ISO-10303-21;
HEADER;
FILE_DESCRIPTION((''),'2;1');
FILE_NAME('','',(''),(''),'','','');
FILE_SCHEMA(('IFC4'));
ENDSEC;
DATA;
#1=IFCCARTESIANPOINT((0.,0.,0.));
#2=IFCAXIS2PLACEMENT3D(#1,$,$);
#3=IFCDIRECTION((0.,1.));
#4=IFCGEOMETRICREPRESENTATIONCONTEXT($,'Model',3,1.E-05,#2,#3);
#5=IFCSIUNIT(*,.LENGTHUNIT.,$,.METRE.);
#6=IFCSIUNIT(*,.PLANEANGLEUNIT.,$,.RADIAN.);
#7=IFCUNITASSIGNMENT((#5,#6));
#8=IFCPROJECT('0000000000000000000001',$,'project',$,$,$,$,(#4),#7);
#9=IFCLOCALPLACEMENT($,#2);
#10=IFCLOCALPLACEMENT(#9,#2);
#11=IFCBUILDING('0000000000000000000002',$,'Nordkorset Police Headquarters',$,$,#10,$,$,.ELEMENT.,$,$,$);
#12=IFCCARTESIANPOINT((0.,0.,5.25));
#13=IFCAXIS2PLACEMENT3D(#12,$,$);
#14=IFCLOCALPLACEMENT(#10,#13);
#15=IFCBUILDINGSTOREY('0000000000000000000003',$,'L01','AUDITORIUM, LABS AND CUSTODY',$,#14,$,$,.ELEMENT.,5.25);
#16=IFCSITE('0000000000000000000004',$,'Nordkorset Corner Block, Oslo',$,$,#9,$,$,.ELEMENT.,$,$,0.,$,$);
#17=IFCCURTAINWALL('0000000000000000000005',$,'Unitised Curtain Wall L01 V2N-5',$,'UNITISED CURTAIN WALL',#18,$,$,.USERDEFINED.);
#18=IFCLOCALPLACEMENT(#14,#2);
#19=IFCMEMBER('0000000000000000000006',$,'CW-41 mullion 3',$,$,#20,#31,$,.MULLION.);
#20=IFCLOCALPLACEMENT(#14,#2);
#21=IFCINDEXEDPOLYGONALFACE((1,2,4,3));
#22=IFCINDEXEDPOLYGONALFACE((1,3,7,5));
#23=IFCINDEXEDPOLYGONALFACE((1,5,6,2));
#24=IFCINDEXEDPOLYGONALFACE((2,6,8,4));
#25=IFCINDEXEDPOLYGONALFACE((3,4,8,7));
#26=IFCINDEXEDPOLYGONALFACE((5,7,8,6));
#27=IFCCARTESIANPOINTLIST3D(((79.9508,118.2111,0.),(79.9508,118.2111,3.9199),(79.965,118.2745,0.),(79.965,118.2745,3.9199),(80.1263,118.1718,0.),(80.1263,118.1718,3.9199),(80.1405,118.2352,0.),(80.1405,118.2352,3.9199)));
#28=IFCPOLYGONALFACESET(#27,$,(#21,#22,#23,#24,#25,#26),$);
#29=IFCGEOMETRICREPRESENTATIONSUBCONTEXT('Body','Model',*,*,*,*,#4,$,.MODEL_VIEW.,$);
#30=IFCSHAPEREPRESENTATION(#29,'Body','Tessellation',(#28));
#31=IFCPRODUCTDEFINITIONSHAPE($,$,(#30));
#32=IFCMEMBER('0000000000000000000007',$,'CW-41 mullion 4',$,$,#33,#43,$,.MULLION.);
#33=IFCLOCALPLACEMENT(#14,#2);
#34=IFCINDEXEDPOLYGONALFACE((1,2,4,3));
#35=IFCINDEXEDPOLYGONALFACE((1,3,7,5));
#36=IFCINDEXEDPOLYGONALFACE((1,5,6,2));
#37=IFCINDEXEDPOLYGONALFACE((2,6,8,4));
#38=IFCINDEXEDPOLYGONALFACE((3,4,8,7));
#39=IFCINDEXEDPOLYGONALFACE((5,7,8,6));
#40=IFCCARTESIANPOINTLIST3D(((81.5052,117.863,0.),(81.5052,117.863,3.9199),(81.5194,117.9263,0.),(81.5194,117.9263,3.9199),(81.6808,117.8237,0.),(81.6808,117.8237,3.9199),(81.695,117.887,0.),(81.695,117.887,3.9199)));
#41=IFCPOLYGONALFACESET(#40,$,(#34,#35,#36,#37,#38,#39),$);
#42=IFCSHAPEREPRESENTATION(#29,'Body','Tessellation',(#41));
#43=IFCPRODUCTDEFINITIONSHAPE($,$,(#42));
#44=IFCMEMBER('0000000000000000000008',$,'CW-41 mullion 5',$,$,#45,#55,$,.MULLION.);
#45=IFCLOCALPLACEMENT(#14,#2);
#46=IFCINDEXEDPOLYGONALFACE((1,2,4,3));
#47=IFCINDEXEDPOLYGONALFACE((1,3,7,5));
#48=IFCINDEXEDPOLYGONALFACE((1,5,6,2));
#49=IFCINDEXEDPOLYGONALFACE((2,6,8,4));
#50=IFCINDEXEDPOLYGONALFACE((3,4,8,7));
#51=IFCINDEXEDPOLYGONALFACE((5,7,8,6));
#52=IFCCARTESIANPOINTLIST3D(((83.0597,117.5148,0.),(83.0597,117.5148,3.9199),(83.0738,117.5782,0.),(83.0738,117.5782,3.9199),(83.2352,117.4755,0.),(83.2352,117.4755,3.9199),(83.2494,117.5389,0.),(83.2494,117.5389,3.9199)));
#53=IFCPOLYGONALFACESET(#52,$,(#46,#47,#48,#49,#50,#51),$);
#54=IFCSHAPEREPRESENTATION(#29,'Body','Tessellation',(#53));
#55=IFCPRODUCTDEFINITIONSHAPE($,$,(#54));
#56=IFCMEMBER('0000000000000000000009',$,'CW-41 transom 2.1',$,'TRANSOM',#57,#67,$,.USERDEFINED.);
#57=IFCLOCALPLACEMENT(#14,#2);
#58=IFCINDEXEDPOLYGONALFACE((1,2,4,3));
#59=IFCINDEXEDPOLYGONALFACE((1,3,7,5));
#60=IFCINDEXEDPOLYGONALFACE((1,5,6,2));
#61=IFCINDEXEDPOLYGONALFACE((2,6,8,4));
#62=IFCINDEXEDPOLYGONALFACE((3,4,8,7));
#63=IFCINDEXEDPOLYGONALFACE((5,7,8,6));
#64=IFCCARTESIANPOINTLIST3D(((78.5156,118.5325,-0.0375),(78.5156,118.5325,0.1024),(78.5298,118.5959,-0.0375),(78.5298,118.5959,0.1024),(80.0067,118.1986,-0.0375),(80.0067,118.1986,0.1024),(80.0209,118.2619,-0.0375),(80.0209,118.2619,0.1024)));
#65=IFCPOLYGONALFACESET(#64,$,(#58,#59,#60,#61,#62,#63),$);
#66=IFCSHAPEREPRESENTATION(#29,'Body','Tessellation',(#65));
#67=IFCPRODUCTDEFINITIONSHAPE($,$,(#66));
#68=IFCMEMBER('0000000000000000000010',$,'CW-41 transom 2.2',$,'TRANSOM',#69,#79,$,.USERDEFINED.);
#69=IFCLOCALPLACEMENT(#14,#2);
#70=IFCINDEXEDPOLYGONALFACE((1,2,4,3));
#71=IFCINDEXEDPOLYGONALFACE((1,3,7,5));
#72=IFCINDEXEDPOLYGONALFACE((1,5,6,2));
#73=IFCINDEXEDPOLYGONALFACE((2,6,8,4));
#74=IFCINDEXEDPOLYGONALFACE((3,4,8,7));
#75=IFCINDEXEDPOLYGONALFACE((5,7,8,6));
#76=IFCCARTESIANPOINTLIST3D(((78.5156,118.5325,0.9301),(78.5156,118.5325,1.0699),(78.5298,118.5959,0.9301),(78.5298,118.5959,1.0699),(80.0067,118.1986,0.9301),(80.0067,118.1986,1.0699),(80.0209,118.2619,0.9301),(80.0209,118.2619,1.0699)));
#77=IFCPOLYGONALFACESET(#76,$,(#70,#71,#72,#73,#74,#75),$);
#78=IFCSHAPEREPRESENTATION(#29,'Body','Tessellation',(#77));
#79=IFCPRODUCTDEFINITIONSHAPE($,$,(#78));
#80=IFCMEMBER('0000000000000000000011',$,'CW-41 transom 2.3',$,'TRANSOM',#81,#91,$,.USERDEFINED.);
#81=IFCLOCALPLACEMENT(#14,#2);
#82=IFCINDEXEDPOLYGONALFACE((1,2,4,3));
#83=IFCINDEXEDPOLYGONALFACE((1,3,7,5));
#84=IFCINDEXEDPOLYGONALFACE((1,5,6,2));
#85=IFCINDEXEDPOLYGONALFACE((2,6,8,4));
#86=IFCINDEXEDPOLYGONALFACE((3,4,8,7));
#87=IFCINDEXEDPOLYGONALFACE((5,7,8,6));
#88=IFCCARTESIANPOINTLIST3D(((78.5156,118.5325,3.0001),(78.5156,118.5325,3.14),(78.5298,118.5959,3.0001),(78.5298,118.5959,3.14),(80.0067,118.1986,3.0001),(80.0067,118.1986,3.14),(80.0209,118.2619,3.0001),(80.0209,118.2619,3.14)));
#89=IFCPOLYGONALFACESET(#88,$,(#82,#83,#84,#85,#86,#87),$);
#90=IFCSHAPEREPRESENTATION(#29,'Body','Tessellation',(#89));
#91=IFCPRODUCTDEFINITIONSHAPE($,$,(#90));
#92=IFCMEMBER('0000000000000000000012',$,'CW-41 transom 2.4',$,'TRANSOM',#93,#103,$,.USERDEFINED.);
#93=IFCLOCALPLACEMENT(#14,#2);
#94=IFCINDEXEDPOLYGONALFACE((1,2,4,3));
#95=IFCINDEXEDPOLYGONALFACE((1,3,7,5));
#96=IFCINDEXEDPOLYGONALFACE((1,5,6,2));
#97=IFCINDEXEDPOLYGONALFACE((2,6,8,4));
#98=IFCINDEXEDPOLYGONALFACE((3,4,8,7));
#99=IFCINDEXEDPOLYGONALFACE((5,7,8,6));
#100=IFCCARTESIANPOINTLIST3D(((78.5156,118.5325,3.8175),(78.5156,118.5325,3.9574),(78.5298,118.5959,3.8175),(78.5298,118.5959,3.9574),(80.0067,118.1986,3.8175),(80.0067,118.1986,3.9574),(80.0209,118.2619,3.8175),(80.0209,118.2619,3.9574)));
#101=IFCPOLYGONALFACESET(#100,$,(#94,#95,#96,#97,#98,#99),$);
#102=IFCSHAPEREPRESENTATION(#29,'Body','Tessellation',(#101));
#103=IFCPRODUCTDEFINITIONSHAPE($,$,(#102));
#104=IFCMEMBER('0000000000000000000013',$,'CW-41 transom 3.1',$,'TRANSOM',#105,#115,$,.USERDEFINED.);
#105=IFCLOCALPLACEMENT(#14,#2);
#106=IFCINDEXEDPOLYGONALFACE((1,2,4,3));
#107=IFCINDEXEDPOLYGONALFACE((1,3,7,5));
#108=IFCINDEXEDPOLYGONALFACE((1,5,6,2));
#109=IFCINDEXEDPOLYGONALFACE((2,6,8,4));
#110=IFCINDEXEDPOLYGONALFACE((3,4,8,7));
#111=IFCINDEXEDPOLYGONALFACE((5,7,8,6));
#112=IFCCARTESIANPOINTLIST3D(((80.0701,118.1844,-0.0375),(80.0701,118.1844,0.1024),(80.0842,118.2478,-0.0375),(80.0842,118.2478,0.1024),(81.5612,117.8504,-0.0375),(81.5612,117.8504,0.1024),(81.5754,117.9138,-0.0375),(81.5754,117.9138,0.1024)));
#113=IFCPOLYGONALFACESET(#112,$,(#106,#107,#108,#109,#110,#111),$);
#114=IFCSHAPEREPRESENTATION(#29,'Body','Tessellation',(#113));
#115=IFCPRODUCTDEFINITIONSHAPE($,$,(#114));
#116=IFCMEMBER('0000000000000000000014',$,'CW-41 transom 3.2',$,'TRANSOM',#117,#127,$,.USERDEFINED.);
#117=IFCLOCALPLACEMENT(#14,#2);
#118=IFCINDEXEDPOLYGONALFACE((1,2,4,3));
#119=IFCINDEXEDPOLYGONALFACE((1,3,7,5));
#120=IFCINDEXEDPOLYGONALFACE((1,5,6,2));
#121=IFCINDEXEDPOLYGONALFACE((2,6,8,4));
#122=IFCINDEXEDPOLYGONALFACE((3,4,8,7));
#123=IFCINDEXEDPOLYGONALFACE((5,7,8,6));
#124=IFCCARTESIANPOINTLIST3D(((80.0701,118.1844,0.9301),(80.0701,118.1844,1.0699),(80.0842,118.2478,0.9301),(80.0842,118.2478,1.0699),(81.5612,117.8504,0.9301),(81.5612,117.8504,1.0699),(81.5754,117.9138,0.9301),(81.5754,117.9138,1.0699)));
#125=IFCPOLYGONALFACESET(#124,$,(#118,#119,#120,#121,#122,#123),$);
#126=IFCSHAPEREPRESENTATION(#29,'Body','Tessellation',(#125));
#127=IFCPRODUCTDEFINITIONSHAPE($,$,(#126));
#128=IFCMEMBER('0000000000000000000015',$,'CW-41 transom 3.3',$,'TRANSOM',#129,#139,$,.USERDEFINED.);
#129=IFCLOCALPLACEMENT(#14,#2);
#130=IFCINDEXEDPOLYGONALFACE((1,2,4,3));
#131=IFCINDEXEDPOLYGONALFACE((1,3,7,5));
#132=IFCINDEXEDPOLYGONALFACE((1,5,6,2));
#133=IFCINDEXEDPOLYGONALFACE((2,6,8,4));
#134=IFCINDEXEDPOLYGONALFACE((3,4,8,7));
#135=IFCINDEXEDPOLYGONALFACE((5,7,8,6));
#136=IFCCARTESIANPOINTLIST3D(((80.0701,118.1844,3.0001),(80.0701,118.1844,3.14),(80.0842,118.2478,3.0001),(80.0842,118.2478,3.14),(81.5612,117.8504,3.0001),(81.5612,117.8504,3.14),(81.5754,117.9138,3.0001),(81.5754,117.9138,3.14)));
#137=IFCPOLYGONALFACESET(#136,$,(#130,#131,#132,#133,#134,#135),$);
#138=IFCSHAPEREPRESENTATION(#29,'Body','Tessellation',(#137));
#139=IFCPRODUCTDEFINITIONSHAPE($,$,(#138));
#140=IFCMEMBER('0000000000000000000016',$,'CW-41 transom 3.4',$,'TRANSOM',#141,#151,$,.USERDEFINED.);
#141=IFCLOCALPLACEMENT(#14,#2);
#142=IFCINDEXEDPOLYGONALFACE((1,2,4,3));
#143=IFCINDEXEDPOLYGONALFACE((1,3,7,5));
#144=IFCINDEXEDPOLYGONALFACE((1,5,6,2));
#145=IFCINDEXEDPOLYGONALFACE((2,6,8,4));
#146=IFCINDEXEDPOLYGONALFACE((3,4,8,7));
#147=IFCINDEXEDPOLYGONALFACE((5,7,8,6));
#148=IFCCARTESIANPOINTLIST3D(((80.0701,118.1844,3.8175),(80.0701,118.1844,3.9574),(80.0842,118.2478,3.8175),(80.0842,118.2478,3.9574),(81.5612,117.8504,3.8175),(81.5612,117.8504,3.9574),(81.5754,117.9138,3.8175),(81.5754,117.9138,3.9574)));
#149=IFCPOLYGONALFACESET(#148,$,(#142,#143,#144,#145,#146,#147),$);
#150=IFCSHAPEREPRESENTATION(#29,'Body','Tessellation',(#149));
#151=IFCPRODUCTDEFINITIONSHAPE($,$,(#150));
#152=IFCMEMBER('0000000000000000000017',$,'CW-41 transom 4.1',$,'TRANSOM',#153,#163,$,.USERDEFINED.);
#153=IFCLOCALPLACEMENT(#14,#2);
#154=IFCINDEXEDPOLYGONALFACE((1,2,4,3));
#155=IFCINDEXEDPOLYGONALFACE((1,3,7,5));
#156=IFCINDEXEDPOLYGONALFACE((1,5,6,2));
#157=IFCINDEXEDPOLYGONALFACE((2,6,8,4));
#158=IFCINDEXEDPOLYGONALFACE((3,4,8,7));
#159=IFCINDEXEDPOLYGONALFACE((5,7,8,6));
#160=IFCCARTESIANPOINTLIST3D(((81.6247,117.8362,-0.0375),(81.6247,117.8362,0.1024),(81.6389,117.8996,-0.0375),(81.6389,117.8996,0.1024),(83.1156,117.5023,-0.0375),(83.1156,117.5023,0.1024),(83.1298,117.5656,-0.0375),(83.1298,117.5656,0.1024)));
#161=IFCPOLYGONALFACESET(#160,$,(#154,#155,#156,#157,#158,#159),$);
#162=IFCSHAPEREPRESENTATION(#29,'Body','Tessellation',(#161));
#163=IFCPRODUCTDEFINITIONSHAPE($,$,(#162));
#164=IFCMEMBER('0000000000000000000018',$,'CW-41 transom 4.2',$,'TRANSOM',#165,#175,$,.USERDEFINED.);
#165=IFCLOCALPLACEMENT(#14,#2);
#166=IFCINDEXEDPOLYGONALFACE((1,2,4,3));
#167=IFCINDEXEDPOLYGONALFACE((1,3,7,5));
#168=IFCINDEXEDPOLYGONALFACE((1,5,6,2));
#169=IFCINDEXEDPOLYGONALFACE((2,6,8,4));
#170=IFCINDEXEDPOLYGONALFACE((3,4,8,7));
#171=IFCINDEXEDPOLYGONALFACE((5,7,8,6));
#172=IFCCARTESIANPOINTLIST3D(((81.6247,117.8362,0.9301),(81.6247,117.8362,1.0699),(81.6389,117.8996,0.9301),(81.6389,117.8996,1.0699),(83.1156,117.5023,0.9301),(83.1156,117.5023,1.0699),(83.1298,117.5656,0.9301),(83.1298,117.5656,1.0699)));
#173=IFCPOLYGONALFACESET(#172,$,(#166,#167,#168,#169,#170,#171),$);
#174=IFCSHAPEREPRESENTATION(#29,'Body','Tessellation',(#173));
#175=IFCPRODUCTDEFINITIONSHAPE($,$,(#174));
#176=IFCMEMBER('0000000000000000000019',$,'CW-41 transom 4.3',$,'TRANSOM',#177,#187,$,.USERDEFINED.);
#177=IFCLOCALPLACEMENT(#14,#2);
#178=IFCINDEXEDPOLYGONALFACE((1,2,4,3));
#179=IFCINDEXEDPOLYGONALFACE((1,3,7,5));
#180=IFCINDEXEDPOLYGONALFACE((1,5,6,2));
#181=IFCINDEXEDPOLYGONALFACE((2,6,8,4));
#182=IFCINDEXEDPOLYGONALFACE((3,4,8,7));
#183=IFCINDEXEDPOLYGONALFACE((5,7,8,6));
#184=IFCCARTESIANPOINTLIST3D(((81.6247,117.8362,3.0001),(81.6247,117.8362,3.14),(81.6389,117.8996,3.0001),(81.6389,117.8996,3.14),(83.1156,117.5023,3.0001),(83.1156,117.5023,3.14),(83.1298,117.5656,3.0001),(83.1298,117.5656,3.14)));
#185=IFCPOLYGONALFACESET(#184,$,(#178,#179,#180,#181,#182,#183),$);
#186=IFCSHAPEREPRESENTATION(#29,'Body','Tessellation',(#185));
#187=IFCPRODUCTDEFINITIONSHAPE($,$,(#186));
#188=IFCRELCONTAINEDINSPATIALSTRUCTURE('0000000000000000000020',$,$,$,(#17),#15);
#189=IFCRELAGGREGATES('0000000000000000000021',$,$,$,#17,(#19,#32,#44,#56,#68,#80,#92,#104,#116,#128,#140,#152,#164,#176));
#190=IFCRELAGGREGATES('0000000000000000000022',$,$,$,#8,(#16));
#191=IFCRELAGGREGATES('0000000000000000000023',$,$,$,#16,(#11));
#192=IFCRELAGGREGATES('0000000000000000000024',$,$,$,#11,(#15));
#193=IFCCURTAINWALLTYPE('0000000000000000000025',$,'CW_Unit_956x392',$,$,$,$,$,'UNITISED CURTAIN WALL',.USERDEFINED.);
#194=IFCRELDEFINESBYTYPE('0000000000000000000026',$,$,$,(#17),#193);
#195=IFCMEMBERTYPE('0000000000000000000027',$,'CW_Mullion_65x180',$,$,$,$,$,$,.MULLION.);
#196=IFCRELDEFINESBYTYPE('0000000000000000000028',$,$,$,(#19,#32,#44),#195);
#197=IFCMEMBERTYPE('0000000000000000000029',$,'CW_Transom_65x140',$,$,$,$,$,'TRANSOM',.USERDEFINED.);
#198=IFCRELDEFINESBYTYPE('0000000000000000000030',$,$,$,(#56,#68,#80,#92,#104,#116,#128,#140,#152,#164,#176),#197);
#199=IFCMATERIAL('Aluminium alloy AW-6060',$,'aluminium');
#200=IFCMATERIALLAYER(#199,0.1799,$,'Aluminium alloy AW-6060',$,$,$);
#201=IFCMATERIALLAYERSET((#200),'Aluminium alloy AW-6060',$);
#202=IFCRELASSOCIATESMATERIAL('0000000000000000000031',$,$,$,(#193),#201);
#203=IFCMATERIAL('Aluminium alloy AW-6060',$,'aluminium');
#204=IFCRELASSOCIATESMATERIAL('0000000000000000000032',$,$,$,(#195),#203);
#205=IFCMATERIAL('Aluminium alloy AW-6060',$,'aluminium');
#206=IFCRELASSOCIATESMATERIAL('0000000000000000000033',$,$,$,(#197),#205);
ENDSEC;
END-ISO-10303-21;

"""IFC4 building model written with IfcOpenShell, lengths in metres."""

from ifc_helpers import new_model, si_unit, direction, frame, origin, origin_2d, place, context, subcontext, project, spatial, rectangle, extrude, material, layer, layer_set, material_profile, profile_set, type_object, element, aggregate, save


model = new_model("IFC4")

# Units and contexts
model_context = context("Model", 3, precision=1e-05, world=origin(), true_north=direction((0.0, 1.0)))
body_context = subcontext(model_context, "Body", "Model", "MODEL_VIEW")
ifc_project = project(units=[si_unit("LENGTHUNIT", "METRE"), si_unit("PLANEANGLEUNIT", "RADIAN")], contexts=[model_context])

# Site, building, storey
site_placement = place(None, origin())
site = spatial("IfcSite", under=ifc_project, at=site_placement, Name="Nordkorset Corner Block, Oslo", CompositionType="ELEMENT", RefElevation=0.0)
building_placement = place(site_placement, origin())
building = spatial("IfcBuilding", under=site, at=building_placement, Name="Nordkorset Police Headquarters", CompositionType="ELEMENT")
storey_placement = place(building_placement, frame((0.0, 0.0, 5.25)))
storey = spatial("IfcBuildingStorey", under=building, at=storey_placement, Name="L01", Description="AUDITORIUM, LABS AND CUSTODY", CompositionType="ELEMENT", Elevation=5.25)

# Curtain wall, members
ifc_material_1 = material(Name="Aluminium alloy AW-6060", Category="aluminium")
ifc_layer_1 = layer(ifc_material_1, 0.1799, Name="Aluminium alloy AW-6060")
ifc_layer_set_1 = layer_set([ifc_layer_1], Name="Aluminium alloy AW-6060")
curtain_wall_type = type_object("IfcCurtainWallType", Name="CW_Unit_956x392", ElementType="UNITISED CURTAIN WALL", PredefinedType="USERDEFINED", material=ifc_layer_set_1)
curtain_wall_placement = place(storey_placement, origin())
curtain_wall = element("IfcCurtainWall", 1, at=curtain_wall_placement, inside=storey, type_object=curtain_wall_type, Name="Unitised Curtain Wall L01 V2N-5", ObjectType="UNITISED CURTAIN WALL", PredefinedType="USERDEFINED")
ifc_material_2 = material(Name="Aluminium alloy AW-6060", Category="aluminium")
ifc_material_profile_1 = material_profile(ifc_material_2, rectangle(XDim=0.0649, YDim=0.1799, at=origin_2d()), Name="ALU MULL 65x180")
ifc_profile_set_1 = profile_set([ifc_material_profile_1], Name="Aluminium alloy AW-6060")
member_type_1 = type_object("IfcMemberType", Name="CW_Mullion_65x180", PredefinedType="MULLION", material=ifc_profile_set_1)
member_1_placement = place(storey_placement, frame((80.0457, 118.2231, 0.0), z_axis=(0.0, 0.0, 1.0), x_axis=(0.218544, 0.975827, 0.0)))
member_1 = element("IfcMember", 2, at=member_1_placement, type_object=member_type_1, Name="CW-41 mullion 3", PredefinedType="MULLION", context=body_context, shape_type="SweptSolid", body=[
    extrude(rectangle(XDim=0.0649, YDim=0.1799, at=origin_2d()), origin(), (0.0, 0.0, 1.0), 3.9199),
])
member_2_placement = place(storey_placement, frame((81.6001, 117.875, 0.0), z_axis=(0.0, 0.0, 1.0), x_axis=(0.218544, 0.975827, 0.0)))
member_2 = element("IfcMember", 3, at=member_2_placement, type_object=member_type_1, Name="CW-41 mullion 4", PredefinedType="MULLION", context=body_context, shape_type="SweptSolid", body=[
    extrude(rectangle(XDim=0.0649, YDim=0.1799, at=origin_2d()), origin(), (0.0, 0.0, 1.0), 3.9199),
])
member_3_placement = place(storey_placement, frame((83.1545, 117.5269, 0.0), z_axis=(0.0, 0.0, 1.0), x_axis=(0.218544, 0.975827, 0.0)))
member_3 = element("IfcMember", 4, at=member_3_placement, type_object=member_type_1, Name="CW-41 mullion 5", PredefinedType="MULLION", context=body_context, shape_type="SweptSolid", body=[
    extrude(rectangle(XDim=0.0649, YDim=0.1799, at=origin_2d()), origin(), (0.0, 0.0, 1.0), 3.9199),
])
ifc_material_3 = material(Name="Aluminium alloy AW-6060", Category="aluminium")
ifc_material_profile_2 = material_profile(ifc_material_3, rectangle(XDim=0.0649, YDim=0.1399, at=origin_2d()), Name="ALU TRAN 65x140")
ifc_profile_set_2 = profile_set([ifc_material_profile_2], Name="Aluminium alloy AW-6060")
member_type_2 = type_object("IfcMemberType", Name="CW_Transom_65x140", ElementType="TRANSOM", PredefinedType="USERDEFINED", material=ifc_profile_set_2)
member_4_placement = place(storey_placement, frame((78.5227, 118.5642, 0.0325), z_axis=(0.975825, -0.218554, 0.0), x_axis=(0.218554, 0.975825, 0.0)))
member_4 = element("IfcMember", 5, at=member_4_placement, type_object=member_type_2, Name="CW-41 transom 2.1", ObjectType="TRANSOM", PredefinedType="USERDEFINED", context=body_context, shape_type="SweptSolid", body=[
    extrude(rectangle(XDim=0.0649, YDim=0.1399, at=origin_2d()), origin(), (0.0, 0.0, 1.0), 1.5281),
])
member_5_placement = place(storey_placement, frame((78.5227, 118.5642, 1.0), z_axis=(0.975825, -0.218554, 0.0), x_axis=(0.218554, 0.975825, 0.0)))
member_5 = element("IfcMember", 6, at=member_5_placement, type_object=member_type_2, Name="CW-41 transom 2.2", ObjectType="TRANSOM", PredefinedType="USERDEFINED", context=body_context, shape_type="SweptSolid", body=[
    extrude(rectangle(XDim=0.0649, YDim=0.1399, at=origin_2d()), origin(), (0.0, 0.0, 1.0), 1.5281),
])
member_6_placement = place(storey_placement, frame((78.5227, 118.5642, 3.0701), z_axis=(0.975825, -0.218554, 0.0), x_axis=(0.218554, 0.975825, 0.0)))
member_6 = element("IfcMember", 7, at=member_6_placement, type_object=member_type_2, Name="CW-41 transom 2.3", ObjectType="TRANSOM", PredefinedType="USERDEFINED", context=body_context, shape_type="SweptSolid", body=[
    extrude(rectangle(XDim=0.0649, YDim=0.1399, at=origin_2d()), origin(), (0.0, 0.0, 1.0), 1.5281),
])
member_7_placement = place(storey_placement, frame((78.5227, 118.5642, 3.8875), z_axis=(0.975825, -0.218554, 0.0), x_axis=(0.218554, 0.975825, 0.0)))
member_7 = element("IfcMember", 8, at=member_7_placement, type_object=member_type_2, Name="CW-41 transom 2.4", ObjectType="TRANSOM", PredefinedType="USERDEFINED", context=body_context, shape_type="SweptSolid", body=[
    extrude(rectangle(XDim=0.0649, YDim=0.1399, at=origin_2d()), origin(), (0.0, 0.0, 1.0), 1.5281),
])
member_8_placement = place(storey_placement, frame((80.0771, 118.2161, 0.0325), z_axis=(0.975825, -0.218554, 0.0), x_axis=(0.218554, 0.975825, 0.0)))
member_8 = element("IfcMember", 9, at=member_8_placement, type_object=member_type_2, Name="CW-41 transom 3.1", ObjectType="TRANSOM", PredefinedType="USERDEFINED", context=body_context, shape_type="SweptSolid", body=[
    extrude(rectangle(XDim=0.0649, YDim=0.1399, at=origin_2d()), origin(), (0.0, 0.0, 1.0), 1.5281),
])
member_9_placement = place(storey_placement, frame((80.0771, 118.2161, 1.0), z_axis=(0.975825, -0.218554, 0.0), x_axis=(0.218554, 0.975825, 0.0)))
member_9 = element("IfcMember", 10, at=member_9_placement, type_object=member_type_2, Name="CW-41 transom 3.2", ObjectType="TRANSOM", PredefinedType="USERDEFINED", context=body_context, shape_type="SweptSolid", body=[
    extrude(rectangle(XDim=0.0649, YDim=0.1399, at=origin_2d()), origin(), (0.0, 0.0, 1.0), 1.5281),
])
member_10_placement = place(storey_placement, frame((80.0771, 118.2161, 3.0701), z_axis=(0.975825, -0.218554, 0.0), x_axis=(0.218554, 0.975825, 0.0)))
member_10 = element("IfcMember", 11, at=member_10_placement, type_object=member_type_2, Name="CW-41 transom 3.3", ObjectType="TRANSOM", PredefinedType="USERDEFINED", context=body_context, shape_type="SweptSolid", body=[
    extrude(rectangle(XDim=0.0649, YDim=0.1399, at=origin_2d()), origin(), (0.0, 0.0, 1.0), 1.5281),
])
member_11_placement = place(storey_placement, frame((80.0771, 118.2161, 3.8875), z_axis=(0.975825, -0.218554, 0.0), x_axis=(0.218554, 0.975825, 0.0)))
member_11 = element("IfcMember", 12, at=member_11_placement, type_object=member_type_2, Name="CW-41 transom 3.4", ObjectType="TRANSOM", PredefinedType="USERDEFINED", context=body_context, shape_type="SweptSolid", body=[
    extrude(rectangle(XDim=0.0649, YDim=0.1399, at=origin_2d()), origin(), (0.0, 0.0, 1.0), 1.5281),
])
member_12_placement = place(storey_placement, frame((81.6318, 117.8679, 0.0325), z_axis=(0.975817, -0.218588, 0.0), x_axis=(0.218588, 0.975817, 0.0)))
member_12 = element("IfcMember", 13, at=member_12_placement, type_object=member_type_2, Name="CW-41 transom 4.1", ObjectType="TRANSOM", PredefinedType="USERDEFINED", context=body_context, shape_type="SweptSolid", body=[
    extrude(rectangle(XDim=0.0649, YDim=0.1399, at=origin_2d()), origin(), (0.0, 0.0, 1.0), 1.5278),
])
member_13_placement = place(storey_placement, frame((81.6318, 117.8679, 1.0), z_axis=(0.975817, -0.218588, 0.0), x_axis=(0.218588, 0.975817, 0.0)))
member_13 = element("IfcMember", 14, at=member_13_placement, type_object=member_type_2, Name="CW-41 transom 4.2", ObjectType="TRANSOM", PredefinedType="USERDEFINED", context=body_context, shape_type="SweptSolid", body=[
    extrude(rectangle(XDim=0.0649, YDim=0.1399, at=origin_2d()), origin(), (0.0, 0.0, 1.0), 1.5278),
])
member_14_placement = place(storey_placement, frame((81.6318, 117.8679, 3.0701), z_axis=(0.975817, -0.218588, 0.0), x_axis=(0.218588, 0.975817, 0.0)))
member_14 = element("IfcMember", 15, at=member_14_placement, type_object=member_type_2, Name="CW-41 transom 4.3", ObjectType="TRANSOM", PredefinedType="USERDEFINED", context=body_context, shape_type="SweptSolid", body=[
    extrude(rectangle(XDim=0.0649, YDim=0.1399, at=origin_2d()), origin(), (0.0, 0.0, 1.0), 1.5278),
])
aggregate(curtain_wall, [member_1, member_2, member_3, member_4, member_5, member_6, member_7, member_8, member_9, member_10, member_11, member_12, member_13, member_14])

save(model, "model.ifc")
